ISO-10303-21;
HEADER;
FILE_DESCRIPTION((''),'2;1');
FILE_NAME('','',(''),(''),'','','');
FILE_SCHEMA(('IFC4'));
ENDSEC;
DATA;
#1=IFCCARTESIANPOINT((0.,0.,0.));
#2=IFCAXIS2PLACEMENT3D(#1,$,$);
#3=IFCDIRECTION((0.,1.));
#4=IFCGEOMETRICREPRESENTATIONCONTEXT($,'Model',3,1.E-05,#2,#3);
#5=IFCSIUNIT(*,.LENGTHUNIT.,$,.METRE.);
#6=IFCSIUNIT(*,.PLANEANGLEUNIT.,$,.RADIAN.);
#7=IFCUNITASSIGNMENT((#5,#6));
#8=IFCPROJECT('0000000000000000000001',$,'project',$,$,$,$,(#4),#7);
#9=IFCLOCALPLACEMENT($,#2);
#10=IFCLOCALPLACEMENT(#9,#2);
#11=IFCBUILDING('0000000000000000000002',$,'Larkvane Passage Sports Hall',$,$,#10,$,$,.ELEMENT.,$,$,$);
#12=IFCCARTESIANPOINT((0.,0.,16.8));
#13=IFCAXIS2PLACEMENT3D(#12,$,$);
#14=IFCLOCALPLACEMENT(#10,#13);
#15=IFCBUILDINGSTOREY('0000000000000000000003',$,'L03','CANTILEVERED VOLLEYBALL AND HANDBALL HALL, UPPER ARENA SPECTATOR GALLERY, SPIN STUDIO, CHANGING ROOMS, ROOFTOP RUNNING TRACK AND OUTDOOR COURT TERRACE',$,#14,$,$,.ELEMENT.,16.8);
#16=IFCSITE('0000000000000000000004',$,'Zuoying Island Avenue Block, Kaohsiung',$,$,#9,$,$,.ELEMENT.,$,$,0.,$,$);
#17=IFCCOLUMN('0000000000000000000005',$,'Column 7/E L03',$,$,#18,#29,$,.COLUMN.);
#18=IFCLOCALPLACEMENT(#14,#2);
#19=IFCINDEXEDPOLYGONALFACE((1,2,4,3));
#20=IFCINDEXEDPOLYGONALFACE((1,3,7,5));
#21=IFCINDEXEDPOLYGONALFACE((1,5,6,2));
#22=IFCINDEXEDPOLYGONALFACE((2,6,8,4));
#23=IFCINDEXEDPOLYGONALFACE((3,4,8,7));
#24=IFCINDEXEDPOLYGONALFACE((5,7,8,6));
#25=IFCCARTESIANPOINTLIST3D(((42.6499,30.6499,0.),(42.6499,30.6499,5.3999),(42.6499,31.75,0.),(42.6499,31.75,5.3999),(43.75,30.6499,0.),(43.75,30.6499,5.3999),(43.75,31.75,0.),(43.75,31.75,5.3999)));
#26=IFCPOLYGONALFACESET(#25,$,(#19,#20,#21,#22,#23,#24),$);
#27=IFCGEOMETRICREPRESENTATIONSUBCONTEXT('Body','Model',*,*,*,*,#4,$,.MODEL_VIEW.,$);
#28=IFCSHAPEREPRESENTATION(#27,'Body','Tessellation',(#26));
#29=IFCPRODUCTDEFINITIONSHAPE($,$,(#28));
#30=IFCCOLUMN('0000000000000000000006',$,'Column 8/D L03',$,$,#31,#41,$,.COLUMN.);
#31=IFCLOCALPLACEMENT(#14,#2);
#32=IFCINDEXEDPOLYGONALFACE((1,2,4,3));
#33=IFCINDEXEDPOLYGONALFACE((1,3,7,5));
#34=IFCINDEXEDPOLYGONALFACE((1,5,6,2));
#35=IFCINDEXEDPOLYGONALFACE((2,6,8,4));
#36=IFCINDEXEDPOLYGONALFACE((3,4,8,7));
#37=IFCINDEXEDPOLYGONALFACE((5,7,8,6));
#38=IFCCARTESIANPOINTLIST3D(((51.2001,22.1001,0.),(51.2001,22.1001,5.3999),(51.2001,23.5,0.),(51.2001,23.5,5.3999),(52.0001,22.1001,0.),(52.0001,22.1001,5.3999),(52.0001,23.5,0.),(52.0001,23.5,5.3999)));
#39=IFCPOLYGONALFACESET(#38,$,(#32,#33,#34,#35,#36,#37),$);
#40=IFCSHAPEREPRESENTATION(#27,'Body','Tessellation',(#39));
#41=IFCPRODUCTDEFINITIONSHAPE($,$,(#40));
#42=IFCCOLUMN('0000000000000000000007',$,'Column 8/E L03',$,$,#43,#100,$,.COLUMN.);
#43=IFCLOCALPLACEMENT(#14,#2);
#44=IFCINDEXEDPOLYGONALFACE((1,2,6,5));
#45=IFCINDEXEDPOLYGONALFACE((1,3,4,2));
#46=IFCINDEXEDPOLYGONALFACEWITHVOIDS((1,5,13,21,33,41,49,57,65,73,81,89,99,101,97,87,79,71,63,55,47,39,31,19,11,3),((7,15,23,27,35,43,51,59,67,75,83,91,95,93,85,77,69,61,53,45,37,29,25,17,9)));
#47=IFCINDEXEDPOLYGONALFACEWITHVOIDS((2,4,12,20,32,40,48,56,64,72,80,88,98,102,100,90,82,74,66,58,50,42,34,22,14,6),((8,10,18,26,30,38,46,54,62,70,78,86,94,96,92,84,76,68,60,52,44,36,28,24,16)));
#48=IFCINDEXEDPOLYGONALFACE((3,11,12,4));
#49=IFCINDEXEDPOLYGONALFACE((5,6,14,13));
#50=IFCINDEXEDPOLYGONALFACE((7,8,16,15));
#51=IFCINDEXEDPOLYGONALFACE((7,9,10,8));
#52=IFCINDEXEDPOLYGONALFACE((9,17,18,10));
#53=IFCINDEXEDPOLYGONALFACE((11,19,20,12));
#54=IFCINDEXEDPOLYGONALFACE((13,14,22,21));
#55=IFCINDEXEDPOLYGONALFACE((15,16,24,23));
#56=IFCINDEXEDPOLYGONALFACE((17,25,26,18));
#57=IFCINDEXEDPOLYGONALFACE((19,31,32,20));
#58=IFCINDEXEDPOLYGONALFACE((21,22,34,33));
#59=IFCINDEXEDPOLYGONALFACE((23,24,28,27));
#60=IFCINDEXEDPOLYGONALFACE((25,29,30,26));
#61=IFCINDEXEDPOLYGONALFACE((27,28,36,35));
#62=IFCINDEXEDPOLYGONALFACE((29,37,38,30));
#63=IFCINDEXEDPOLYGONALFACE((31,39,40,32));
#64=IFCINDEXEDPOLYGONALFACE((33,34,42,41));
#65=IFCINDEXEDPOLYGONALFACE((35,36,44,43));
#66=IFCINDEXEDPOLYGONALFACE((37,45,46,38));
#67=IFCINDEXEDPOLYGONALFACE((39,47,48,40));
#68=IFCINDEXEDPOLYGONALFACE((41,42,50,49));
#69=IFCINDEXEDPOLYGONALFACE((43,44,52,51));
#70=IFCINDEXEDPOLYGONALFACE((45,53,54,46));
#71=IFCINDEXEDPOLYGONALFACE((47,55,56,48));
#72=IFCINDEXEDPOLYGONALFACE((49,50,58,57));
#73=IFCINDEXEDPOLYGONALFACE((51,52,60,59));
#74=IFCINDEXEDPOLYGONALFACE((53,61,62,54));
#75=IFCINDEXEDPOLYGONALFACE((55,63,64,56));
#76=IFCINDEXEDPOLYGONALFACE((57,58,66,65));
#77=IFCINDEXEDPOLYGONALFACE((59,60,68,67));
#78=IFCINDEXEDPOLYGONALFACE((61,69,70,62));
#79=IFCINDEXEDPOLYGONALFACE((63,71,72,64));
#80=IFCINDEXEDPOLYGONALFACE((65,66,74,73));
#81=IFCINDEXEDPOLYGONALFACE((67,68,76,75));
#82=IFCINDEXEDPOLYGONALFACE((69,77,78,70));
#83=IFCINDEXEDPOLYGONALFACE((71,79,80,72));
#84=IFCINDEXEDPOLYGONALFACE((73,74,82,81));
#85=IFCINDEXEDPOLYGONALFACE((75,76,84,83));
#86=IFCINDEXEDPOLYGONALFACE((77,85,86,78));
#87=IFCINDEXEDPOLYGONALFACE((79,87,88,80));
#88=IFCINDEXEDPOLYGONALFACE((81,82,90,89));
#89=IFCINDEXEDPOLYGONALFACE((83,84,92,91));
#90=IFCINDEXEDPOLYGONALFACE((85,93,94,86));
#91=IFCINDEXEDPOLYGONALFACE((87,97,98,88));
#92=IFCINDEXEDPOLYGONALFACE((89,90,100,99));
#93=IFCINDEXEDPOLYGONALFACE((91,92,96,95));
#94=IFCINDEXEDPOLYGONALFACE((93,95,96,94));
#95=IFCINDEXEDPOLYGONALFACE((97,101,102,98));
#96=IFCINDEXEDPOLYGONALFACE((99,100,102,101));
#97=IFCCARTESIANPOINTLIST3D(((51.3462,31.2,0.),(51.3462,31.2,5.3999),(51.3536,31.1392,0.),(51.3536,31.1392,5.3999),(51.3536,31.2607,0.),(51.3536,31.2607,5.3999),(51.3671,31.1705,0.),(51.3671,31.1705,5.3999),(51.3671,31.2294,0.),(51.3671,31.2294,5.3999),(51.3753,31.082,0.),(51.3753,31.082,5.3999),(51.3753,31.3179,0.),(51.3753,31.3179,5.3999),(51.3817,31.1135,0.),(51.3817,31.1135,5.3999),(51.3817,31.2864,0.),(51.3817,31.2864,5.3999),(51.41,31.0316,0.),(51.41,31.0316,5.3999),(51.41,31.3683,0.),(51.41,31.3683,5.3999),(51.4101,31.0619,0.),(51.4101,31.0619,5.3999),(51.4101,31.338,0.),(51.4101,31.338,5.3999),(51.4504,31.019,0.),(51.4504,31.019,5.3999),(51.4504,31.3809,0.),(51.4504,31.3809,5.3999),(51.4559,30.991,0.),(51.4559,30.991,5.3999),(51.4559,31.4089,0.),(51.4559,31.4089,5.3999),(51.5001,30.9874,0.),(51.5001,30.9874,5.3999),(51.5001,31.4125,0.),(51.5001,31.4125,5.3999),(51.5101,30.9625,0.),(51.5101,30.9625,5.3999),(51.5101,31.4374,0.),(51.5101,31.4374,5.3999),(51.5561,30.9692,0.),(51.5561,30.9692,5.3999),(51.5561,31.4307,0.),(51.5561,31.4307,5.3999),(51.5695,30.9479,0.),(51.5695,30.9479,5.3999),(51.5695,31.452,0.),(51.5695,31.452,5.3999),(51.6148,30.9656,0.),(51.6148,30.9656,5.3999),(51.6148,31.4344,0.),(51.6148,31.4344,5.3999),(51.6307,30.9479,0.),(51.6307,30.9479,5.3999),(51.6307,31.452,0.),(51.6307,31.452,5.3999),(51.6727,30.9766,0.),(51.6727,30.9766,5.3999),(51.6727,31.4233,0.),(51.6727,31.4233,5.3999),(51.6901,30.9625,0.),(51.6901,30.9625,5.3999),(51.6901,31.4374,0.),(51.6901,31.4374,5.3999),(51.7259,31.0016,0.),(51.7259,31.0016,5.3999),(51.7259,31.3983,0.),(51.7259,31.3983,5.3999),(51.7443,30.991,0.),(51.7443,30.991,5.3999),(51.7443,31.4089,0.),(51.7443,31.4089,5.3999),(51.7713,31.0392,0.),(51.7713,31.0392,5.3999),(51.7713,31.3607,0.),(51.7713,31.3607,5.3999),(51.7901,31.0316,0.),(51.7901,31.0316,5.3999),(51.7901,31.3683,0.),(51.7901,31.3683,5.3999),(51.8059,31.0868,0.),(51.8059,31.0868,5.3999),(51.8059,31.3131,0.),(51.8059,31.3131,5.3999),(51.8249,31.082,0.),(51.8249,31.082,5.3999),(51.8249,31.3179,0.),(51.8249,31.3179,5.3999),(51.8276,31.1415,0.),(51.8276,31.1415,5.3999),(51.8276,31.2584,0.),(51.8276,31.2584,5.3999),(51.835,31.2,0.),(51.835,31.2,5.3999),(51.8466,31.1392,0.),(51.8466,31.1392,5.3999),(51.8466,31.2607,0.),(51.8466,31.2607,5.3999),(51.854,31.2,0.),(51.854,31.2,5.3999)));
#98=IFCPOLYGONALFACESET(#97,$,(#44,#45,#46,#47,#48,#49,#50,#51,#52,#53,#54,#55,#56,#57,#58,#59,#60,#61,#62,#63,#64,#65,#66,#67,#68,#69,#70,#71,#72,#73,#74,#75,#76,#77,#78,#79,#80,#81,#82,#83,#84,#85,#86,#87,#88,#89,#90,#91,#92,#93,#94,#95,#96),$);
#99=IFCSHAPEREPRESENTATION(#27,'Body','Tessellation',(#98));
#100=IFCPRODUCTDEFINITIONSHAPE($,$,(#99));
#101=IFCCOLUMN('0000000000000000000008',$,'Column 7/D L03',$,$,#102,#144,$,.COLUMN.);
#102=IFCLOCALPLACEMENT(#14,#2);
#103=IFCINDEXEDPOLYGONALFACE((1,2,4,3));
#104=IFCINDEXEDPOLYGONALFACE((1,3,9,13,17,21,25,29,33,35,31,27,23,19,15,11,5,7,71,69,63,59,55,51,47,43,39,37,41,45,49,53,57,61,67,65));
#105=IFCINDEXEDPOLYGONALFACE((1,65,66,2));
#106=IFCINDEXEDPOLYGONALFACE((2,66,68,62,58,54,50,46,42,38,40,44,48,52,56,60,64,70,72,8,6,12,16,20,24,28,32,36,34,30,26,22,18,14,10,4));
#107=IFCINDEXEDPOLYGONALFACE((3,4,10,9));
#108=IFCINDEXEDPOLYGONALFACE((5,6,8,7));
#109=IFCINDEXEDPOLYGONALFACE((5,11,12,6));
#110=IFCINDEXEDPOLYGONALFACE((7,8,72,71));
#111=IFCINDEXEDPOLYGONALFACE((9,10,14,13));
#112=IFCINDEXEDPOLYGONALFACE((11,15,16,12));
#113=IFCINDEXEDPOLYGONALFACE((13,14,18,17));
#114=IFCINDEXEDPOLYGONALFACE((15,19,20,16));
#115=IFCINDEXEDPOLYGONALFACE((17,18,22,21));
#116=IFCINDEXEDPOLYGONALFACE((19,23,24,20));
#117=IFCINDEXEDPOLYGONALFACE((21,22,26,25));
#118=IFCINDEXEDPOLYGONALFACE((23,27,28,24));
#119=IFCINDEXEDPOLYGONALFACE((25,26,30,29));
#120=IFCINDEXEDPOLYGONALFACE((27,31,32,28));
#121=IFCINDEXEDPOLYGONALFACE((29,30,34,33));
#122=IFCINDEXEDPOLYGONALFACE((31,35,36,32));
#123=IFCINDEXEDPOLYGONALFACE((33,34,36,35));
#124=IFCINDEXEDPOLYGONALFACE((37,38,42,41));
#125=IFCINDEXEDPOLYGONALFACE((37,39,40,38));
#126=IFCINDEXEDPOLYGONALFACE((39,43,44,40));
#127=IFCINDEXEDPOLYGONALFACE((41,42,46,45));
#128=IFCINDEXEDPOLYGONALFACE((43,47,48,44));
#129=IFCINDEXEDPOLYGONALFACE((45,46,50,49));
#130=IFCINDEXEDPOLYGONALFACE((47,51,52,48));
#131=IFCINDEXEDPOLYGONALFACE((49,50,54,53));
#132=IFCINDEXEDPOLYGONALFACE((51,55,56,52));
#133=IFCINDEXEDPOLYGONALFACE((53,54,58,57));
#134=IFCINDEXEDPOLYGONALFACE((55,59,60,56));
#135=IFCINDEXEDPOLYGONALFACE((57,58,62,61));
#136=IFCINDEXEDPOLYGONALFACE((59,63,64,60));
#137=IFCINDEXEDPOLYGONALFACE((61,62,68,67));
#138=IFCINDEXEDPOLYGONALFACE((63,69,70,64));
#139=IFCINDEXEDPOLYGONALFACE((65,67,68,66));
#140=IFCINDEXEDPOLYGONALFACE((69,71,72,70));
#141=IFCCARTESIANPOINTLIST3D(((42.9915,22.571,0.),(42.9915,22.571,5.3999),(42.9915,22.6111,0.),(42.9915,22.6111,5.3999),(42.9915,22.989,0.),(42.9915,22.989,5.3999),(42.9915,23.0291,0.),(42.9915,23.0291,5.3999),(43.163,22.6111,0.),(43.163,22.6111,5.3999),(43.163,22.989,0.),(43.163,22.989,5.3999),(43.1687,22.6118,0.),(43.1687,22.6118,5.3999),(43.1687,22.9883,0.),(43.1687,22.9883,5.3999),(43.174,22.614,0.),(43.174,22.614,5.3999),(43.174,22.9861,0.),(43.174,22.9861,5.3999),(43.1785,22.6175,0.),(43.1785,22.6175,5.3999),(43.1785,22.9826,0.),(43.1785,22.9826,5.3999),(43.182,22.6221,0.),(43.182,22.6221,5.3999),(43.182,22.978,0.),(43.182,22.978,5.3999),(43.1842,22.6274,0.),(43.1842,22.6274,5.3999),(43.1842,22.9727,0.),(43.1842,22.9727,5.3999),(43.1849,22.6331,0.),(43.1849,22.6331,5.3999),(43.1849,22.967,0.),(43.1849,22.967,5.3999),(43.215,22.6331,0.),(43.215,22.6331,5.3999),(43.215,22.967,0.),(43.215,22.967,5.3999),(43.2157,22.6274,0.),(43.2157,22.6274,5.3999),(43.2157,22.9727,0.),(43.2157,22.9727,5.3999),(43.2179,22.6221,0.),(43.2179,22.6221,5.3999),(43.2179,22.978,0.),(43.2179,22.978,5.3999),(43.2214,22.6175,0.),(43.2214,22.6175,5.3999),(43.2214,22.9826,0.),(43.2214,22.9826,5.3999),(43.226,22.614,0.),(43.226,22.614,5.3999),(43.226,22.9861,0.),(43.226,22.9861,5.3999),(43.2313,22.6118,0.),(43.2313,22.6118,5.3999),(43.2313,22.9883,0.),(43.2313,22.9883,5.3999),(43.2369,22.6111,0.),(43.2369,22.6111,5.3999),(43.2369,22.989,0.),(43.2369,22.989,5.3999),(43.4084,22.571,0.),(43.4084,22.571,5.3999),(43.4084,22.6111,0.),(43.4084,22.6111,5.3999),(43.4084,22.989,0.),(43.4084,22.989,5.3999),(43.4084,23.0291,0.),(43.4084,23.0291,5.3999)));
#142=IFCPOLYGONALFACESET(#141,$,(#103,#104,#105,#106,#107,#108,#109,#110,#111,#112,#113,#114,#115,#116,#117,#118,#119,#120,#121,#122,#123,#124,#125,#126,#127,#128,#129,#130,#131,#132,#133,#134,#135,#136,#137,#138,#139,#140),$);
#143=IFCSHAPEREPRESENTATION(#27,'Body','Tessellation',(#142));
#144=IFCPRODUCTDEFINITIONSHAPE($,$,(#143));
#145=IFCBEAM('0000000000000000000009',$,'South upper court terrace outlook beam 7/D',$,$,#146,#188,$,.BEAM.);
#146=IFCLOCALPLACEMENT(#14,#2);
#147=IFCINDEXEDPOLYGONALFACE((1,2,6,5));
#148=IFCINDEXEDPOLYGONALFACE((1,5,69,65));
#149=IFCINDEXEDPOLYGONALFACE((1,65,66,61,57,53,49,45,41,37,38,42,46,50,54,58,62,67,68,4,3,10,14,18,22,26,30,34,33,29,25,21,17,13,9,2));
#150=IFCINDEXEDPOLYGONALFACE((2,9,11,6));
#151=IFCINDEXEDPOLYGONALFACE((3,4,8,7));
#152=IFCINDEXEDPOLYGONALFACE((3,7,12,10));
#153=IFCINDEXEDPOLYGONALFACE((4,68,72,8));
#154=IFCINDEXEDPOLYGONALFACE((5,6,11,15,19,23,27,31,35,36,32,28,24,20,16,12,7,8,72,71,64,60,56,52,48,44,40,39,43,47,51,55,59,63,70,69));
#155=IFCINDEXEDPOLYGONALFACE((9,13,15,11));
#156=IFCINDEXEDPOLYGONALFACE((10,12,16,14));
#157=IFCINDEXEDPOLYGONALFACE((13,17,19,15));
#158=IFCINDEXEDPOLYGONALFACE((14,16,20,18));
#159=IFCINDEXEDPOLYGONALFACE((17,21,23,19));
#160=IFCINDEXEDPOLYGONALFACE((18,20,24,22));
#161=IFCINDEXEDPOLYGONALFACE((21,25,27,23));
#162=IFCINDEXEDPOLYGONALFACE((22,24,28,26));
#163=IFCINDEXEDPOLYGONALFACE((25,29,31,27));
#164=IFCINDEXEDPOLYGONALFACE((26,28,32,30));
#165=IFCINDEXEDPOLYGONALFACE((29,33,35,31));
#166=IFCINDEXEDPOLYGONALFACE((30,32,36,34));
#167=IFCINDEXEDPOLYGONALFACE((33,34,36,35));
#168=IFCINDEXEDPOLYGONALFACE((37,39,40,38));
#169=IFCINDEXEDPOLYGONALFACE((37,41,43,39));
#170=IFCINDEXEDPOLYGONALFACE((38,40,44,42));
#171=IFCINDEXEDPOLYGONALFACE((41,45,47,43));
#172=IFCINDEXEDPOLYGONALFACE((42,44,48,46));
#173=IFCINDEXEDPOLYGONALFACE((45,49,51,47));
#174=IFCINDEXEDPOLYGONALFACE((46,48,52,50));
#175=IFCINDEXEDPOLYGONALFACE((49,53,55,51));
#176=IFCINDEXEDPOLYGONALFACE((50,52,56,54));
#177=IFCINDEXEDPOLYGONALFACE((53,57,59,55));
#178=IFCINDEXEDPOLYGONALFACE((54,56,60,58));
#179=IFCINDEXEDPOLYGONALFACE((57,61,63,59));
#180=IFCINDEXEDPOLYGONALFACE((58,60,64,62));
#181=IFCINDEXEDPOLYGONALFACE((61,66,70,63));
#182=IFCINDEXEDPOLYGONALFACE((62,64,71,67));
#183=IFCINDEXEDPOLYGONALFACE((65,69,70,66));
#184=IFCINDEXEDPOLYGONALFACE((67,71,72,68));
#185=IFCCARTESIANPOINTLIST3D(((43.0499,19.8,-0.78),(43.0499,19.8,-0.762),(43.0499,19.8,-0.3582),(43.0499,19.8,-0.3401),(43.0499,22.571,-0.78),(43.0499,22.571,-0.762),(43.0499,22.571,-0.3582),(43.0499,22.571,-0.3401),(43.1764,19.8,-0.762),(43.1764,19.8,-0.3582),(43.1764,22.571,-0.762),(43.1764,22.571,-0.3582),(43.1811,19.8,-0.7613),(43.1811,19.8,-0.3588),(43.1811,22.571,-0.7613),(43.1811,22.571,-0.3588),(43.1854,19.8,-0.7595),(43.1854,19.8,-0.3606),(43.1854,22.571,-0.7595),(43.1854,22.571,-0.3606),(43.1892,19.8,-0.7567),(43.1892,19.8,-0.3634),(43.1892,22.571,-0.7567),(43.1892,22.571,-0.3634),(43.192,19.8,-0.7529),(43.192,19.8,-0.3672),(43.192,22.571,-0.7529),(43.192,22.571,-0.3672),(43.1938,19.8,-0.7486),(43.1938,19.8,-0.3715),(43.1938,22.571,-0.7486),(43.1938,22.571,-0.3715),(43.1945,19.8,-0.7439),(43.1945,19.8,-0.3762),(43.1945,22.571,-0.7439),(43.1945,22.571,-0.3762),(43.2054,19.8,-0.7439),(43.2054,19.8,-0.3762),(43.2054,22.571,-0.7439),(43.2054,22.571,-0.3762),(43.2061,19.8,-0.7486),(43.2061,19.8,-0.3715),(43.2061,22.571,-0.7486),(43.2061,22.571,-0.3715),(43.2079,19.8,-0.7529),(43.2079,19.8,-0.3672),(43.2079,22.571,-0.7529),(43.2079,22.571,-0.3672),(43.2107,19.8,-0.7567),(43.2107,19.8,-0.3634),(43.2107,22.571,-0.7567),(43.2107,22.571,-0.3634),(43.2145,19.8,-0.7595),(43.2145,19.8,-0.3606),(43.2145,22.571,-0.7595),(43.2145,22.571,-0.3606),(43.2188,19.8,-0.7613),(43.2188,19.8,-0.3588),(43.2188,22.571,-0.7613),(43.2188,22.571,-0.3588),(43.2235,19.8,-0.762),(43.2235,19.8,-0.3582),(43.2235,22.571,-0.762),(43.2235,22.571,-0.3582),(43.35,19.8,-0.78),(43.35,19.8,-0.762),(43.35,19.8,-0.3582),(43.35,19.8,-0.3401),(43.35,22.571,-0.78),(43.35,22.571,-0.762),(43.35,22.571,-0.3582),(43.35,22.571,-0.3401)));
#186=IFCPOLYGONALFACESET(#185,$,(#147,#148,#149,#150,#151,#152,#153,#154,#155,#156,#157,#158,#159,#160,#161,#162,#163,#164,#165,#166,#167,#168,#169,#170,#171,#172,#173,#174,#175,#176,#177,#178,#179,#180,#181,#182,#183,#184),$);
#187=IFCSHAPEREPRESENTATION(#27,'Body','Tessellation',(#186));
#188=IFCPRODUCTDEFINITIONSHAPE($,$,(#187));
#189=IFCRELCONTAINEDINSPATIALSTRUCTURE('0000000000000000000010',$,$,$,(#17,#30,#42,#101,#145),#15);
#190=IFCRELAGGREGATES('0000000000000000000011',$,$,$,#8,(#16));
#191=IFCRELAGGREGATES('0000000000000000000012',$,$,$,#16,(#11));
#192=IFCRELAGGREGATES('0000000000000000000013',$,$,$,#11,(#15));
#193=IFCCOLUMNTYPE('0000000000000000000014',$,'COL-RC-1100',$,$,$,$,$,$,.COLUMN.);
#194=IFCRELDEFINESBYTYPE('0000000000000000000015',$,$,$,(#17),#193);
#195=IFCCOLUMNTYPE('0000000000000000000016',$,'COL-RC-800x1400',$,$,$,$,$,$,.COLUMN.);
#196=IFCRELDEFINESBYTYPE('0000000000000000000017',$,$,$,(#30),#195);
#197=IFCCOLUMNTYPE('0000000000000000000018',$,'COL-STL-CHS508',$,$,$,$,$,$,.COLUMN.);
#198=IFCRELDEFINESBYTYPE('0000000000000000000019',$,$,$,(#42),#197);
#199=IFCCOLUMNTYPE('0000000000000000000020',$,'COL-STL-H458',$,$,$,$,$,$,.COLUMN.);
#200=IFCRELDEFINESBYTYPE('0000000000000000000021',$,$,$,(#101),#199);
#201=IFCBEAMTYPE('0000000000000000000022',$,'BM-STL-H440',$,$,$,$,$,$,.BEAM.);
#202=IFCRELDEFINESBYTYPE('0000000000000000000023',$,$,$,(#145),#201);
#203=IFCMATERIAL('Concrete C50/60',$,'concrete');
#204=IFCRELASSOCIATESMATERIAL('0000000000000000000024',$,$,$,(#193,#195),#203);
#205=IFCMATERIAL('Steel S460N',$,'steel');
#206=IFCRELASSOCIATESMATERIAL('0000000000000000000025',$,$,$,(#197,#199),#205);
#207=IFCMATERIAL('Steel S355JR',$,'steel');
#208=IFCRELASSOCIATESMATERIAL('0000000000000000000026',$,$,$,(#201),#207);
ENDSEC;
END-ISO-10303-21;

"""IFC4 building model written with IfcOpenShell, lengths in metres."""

from ifc_helpers import new_model, si_unit, direction, frame, origin, origin_2d, place, context, subcontext, project, spatial, rectangle, hollow_circle, i_section, extrude, material, material_profile, profile_set, type_object, element, save


model = new_model("IFC4")

# Units and contexts
model_context = context("Model", 3, precision=1e-05, world=origin(), true_north=direction((0.0, 1.0)))
body_context = subcontext(model_context, "Body", "Model", "MODEL_VIEW")
ifc_project = project(units=[si_unit("LENGTHUNIT", "METRE"), si_unit("PLANEANGLEUNIT", "RADIAN")], contexts=[model_context])

# Site, building, storey
site_placement = place(None, origin())
site = spatial("IfcSite", under=ifc_project, at=site_placement, Name="Zuoying Island Avenue Block, Kaohsiung", CompositionType="ELEMENT", RefElevation=0.0)
building_placement = place(site_placement, origin())
building = spatial("IfcBuilding", under=site, at=building_placement, Name="Larkvane Passage Sports Hall", CompositionType="ELEMENT")
storey_placement = place(building_placement, frame((0.0, 0.0, 16.8)))
storey = spatial("IfcBuildingStorey", under=building, at=storey_placement, Name="L03", Description="CANTILEVERED VOLLEYBALL AND HANDBALL HALL, UPPER ARENA SPECTATOR GALLERY, SPIN STUDIO, CHANGING ROOMS, ROOFTOP RUNNING TRACK AND OUTDOOR COURT TERRACE", CompositionType="ELEMENT", Elevation=16.8)

# Columns
ifc_material_1 = material(Name="Concrete C50/60", Category="concrete")
ifc_material_profile_1 = material_profile(ifc_material_1, rectangle(XDim=1.1001, YDim=1.1001, at=origin_2d()), Name="RC-COL-1100x1100")
ifc_profile_set_1 = profile_set([ifc_material_profile_1], Name="Concrete C50/60")
column_type_1 = type_object("IfcColumnType", Name="COL-RC-1100", PredefinedType="COLUMN", material=ifc_profile_set_1)
column_1_placement = place(storey_placement, frame((43.2, 31.2, 0.0), z_axis=(0.0, 0.0, 1.0), x_axis=(1.0, 0.0, 0.0)))
element("IfcColumn", 1, at=column_1_placement, inside=storey, type_object=column_type_1, Name="Column 7/E L03", PredefinedType="COLUMN", context=body_context, shape_type="SweptSolid", body=[
    extrude(rectangle(XDim=1.1001, YDim=1.1001, at=origin_2d()), origin(), (0.0, 0.0, 1.0), 5.3999),
])
ifc_material_profile_2 = material_profile(ifc_material_1, rectangle(XDim=0.8, YDim=1.3999, at=origin_2d()), Name="RC-COL-800x1400")
ifc_profile_set_2 = profile_set([ifc_material_profile_2], Name="Concrete C50/60")
column_type_2 = type_object("IfcColumnType", Name="COL-RC-800x1400", PredefinedType="COLUMN", material=ifc_profile_set_2)
column_2_placement = place(storey_placement, frame((51.6001, 22.8, 0.0), z_axis=(0.0, 0.0, 1.0), x_axis=(1.0, 0.0, 0.0)))
element("IfcColumn", 2, at=column_2_placement, inside=storey, type_object=column_type_2, Name="Column 8/D L03", PredefinedType="COLUMN", context=body_context, shape_type="SweptSolid", body=[
    extrude(rectangle(XDim=0.8, YDim=1.3999, at=origin_2d()), origin(), (0.0, 0.0, 1.0), 5.3999),
])
ifc_material_2 = material(Name="Steel S460N", Category="steel")
ifc_material_profile_3 = material_profile(ifc_material_2, hollow_circle(Radius=0.2539, WallThickness=0.019, at=origin_2d()), Name="CHS-508.0x19.0")
ifc_profile_set_3 = profile_set([ifc_material_profile_3], Name="Steel S460N")
column_type_3 = type_object("IfcColumnType", Name="COL-STL-CHS508", PredefinedType="COLUMN", material=ifc_profile_set_3)
column_3_placement = place(storey_placement, frame((51.6001, 31.2, 0.0), z_axis=(0.0, 0.0, 1.0), x_axis=(1.0, 0.0, 0.0)))
element("IfcColumn", 3, at=column_3_placement, inside=storey, type_object=column_type_3, Name="Column 8/E L03", PredefinedType="COLUMN", context=body_context, shape_type="SweptSolid", body=[
    extrude(hollow_circle(Radius=0.2539, WallThickness=0.019, at=origin_2d()), origin(), (0.0, 0.0, 1.0), 5.3999),
])
ifc_material_profile_4 = material_profile(ifc_material_2, i_section(OverallWidth=0.417, OverallDepth=0.458, WebThickness=0.03, FlangeThickness=0.04, FilletRadius=0.022, at=origin_2d()), Name="H-458x417x30x40")
ifc_profile_set_4 = profile_set([ifc_material_profile_4], Name="Steel S460N")
column_type_4 = type_object("IfcColumnType", Name="COL-STL-H458", PredefinedType="COLUMN", material=ifc_profile_set_4)
column_4_placement = place(storey_placement, frame((43.2, 22.8, 0.0), z_axis=(0.0, 0.0, 1.0), x_axis=(1.0, 0.0, 0.0)))
element("IfcColumn", 4, at=column_4_placement, inside=storey, type_object=column_type_4, Name="Column 7/D L03", PredefinedType="COLUMN", context=body_context, shape_type="SweptSolid", body=[
    extrude(i_section(OverallWidth=0.417, OverallDepth=0.458, WebThickness=0.03, FlangeThickness=0.04, FilletRadius=0.022, at=origin_2d()), origin(), (0.0, 0.0, 1.0), 5.3999),
])

# Beam
ifc_material_3 = material(Name="Steel S355JR", Category="steel")
ifc_material_profile_5 = material_profile(ifc_material_3, i_section(OverallWidth=0.3, OverallDepth=0.4399, WebThickness=0.011, FlangeThickness=0.0181, FilletRadius=0.0181, at=origin_2d()), Name="H-440x300x11x18")
ifc_profile_set_5 = profile_set([ifc_material_profile_5], Name="Steel S355JR")
beam_type_1 = type_object("IfcBeamType", Name="BM-STL-H440", PredefinedType="BEAM", material=ifc_profile_set_5)
beam_1_placement = place(storey_placement, frame((43.2, 19.8, -0.5601), z_axis=(0.0, 1.0, 0.0), x_axis=(-1.0, 0.0, 0.0)))
element("IfcBeam", 5, at=beam_1_placement, inside=storey, type_object=beam_type_1, Name="South upper court terrace outlook beam 7/D", PredefinedType="BEAM", context=body_context, shape_type="SweptSolid", body=[
    extrude(i_section(OverallWidth=0.3, OverallDepth=0.4399, WebThickness=0.011, FlangeThickness=0.0181, FilletRadius=0.0181, at=origin_2d()), origin(), (0.0, 0.0, 1.0), 2.771),
])

save(model, "model.ifc")
